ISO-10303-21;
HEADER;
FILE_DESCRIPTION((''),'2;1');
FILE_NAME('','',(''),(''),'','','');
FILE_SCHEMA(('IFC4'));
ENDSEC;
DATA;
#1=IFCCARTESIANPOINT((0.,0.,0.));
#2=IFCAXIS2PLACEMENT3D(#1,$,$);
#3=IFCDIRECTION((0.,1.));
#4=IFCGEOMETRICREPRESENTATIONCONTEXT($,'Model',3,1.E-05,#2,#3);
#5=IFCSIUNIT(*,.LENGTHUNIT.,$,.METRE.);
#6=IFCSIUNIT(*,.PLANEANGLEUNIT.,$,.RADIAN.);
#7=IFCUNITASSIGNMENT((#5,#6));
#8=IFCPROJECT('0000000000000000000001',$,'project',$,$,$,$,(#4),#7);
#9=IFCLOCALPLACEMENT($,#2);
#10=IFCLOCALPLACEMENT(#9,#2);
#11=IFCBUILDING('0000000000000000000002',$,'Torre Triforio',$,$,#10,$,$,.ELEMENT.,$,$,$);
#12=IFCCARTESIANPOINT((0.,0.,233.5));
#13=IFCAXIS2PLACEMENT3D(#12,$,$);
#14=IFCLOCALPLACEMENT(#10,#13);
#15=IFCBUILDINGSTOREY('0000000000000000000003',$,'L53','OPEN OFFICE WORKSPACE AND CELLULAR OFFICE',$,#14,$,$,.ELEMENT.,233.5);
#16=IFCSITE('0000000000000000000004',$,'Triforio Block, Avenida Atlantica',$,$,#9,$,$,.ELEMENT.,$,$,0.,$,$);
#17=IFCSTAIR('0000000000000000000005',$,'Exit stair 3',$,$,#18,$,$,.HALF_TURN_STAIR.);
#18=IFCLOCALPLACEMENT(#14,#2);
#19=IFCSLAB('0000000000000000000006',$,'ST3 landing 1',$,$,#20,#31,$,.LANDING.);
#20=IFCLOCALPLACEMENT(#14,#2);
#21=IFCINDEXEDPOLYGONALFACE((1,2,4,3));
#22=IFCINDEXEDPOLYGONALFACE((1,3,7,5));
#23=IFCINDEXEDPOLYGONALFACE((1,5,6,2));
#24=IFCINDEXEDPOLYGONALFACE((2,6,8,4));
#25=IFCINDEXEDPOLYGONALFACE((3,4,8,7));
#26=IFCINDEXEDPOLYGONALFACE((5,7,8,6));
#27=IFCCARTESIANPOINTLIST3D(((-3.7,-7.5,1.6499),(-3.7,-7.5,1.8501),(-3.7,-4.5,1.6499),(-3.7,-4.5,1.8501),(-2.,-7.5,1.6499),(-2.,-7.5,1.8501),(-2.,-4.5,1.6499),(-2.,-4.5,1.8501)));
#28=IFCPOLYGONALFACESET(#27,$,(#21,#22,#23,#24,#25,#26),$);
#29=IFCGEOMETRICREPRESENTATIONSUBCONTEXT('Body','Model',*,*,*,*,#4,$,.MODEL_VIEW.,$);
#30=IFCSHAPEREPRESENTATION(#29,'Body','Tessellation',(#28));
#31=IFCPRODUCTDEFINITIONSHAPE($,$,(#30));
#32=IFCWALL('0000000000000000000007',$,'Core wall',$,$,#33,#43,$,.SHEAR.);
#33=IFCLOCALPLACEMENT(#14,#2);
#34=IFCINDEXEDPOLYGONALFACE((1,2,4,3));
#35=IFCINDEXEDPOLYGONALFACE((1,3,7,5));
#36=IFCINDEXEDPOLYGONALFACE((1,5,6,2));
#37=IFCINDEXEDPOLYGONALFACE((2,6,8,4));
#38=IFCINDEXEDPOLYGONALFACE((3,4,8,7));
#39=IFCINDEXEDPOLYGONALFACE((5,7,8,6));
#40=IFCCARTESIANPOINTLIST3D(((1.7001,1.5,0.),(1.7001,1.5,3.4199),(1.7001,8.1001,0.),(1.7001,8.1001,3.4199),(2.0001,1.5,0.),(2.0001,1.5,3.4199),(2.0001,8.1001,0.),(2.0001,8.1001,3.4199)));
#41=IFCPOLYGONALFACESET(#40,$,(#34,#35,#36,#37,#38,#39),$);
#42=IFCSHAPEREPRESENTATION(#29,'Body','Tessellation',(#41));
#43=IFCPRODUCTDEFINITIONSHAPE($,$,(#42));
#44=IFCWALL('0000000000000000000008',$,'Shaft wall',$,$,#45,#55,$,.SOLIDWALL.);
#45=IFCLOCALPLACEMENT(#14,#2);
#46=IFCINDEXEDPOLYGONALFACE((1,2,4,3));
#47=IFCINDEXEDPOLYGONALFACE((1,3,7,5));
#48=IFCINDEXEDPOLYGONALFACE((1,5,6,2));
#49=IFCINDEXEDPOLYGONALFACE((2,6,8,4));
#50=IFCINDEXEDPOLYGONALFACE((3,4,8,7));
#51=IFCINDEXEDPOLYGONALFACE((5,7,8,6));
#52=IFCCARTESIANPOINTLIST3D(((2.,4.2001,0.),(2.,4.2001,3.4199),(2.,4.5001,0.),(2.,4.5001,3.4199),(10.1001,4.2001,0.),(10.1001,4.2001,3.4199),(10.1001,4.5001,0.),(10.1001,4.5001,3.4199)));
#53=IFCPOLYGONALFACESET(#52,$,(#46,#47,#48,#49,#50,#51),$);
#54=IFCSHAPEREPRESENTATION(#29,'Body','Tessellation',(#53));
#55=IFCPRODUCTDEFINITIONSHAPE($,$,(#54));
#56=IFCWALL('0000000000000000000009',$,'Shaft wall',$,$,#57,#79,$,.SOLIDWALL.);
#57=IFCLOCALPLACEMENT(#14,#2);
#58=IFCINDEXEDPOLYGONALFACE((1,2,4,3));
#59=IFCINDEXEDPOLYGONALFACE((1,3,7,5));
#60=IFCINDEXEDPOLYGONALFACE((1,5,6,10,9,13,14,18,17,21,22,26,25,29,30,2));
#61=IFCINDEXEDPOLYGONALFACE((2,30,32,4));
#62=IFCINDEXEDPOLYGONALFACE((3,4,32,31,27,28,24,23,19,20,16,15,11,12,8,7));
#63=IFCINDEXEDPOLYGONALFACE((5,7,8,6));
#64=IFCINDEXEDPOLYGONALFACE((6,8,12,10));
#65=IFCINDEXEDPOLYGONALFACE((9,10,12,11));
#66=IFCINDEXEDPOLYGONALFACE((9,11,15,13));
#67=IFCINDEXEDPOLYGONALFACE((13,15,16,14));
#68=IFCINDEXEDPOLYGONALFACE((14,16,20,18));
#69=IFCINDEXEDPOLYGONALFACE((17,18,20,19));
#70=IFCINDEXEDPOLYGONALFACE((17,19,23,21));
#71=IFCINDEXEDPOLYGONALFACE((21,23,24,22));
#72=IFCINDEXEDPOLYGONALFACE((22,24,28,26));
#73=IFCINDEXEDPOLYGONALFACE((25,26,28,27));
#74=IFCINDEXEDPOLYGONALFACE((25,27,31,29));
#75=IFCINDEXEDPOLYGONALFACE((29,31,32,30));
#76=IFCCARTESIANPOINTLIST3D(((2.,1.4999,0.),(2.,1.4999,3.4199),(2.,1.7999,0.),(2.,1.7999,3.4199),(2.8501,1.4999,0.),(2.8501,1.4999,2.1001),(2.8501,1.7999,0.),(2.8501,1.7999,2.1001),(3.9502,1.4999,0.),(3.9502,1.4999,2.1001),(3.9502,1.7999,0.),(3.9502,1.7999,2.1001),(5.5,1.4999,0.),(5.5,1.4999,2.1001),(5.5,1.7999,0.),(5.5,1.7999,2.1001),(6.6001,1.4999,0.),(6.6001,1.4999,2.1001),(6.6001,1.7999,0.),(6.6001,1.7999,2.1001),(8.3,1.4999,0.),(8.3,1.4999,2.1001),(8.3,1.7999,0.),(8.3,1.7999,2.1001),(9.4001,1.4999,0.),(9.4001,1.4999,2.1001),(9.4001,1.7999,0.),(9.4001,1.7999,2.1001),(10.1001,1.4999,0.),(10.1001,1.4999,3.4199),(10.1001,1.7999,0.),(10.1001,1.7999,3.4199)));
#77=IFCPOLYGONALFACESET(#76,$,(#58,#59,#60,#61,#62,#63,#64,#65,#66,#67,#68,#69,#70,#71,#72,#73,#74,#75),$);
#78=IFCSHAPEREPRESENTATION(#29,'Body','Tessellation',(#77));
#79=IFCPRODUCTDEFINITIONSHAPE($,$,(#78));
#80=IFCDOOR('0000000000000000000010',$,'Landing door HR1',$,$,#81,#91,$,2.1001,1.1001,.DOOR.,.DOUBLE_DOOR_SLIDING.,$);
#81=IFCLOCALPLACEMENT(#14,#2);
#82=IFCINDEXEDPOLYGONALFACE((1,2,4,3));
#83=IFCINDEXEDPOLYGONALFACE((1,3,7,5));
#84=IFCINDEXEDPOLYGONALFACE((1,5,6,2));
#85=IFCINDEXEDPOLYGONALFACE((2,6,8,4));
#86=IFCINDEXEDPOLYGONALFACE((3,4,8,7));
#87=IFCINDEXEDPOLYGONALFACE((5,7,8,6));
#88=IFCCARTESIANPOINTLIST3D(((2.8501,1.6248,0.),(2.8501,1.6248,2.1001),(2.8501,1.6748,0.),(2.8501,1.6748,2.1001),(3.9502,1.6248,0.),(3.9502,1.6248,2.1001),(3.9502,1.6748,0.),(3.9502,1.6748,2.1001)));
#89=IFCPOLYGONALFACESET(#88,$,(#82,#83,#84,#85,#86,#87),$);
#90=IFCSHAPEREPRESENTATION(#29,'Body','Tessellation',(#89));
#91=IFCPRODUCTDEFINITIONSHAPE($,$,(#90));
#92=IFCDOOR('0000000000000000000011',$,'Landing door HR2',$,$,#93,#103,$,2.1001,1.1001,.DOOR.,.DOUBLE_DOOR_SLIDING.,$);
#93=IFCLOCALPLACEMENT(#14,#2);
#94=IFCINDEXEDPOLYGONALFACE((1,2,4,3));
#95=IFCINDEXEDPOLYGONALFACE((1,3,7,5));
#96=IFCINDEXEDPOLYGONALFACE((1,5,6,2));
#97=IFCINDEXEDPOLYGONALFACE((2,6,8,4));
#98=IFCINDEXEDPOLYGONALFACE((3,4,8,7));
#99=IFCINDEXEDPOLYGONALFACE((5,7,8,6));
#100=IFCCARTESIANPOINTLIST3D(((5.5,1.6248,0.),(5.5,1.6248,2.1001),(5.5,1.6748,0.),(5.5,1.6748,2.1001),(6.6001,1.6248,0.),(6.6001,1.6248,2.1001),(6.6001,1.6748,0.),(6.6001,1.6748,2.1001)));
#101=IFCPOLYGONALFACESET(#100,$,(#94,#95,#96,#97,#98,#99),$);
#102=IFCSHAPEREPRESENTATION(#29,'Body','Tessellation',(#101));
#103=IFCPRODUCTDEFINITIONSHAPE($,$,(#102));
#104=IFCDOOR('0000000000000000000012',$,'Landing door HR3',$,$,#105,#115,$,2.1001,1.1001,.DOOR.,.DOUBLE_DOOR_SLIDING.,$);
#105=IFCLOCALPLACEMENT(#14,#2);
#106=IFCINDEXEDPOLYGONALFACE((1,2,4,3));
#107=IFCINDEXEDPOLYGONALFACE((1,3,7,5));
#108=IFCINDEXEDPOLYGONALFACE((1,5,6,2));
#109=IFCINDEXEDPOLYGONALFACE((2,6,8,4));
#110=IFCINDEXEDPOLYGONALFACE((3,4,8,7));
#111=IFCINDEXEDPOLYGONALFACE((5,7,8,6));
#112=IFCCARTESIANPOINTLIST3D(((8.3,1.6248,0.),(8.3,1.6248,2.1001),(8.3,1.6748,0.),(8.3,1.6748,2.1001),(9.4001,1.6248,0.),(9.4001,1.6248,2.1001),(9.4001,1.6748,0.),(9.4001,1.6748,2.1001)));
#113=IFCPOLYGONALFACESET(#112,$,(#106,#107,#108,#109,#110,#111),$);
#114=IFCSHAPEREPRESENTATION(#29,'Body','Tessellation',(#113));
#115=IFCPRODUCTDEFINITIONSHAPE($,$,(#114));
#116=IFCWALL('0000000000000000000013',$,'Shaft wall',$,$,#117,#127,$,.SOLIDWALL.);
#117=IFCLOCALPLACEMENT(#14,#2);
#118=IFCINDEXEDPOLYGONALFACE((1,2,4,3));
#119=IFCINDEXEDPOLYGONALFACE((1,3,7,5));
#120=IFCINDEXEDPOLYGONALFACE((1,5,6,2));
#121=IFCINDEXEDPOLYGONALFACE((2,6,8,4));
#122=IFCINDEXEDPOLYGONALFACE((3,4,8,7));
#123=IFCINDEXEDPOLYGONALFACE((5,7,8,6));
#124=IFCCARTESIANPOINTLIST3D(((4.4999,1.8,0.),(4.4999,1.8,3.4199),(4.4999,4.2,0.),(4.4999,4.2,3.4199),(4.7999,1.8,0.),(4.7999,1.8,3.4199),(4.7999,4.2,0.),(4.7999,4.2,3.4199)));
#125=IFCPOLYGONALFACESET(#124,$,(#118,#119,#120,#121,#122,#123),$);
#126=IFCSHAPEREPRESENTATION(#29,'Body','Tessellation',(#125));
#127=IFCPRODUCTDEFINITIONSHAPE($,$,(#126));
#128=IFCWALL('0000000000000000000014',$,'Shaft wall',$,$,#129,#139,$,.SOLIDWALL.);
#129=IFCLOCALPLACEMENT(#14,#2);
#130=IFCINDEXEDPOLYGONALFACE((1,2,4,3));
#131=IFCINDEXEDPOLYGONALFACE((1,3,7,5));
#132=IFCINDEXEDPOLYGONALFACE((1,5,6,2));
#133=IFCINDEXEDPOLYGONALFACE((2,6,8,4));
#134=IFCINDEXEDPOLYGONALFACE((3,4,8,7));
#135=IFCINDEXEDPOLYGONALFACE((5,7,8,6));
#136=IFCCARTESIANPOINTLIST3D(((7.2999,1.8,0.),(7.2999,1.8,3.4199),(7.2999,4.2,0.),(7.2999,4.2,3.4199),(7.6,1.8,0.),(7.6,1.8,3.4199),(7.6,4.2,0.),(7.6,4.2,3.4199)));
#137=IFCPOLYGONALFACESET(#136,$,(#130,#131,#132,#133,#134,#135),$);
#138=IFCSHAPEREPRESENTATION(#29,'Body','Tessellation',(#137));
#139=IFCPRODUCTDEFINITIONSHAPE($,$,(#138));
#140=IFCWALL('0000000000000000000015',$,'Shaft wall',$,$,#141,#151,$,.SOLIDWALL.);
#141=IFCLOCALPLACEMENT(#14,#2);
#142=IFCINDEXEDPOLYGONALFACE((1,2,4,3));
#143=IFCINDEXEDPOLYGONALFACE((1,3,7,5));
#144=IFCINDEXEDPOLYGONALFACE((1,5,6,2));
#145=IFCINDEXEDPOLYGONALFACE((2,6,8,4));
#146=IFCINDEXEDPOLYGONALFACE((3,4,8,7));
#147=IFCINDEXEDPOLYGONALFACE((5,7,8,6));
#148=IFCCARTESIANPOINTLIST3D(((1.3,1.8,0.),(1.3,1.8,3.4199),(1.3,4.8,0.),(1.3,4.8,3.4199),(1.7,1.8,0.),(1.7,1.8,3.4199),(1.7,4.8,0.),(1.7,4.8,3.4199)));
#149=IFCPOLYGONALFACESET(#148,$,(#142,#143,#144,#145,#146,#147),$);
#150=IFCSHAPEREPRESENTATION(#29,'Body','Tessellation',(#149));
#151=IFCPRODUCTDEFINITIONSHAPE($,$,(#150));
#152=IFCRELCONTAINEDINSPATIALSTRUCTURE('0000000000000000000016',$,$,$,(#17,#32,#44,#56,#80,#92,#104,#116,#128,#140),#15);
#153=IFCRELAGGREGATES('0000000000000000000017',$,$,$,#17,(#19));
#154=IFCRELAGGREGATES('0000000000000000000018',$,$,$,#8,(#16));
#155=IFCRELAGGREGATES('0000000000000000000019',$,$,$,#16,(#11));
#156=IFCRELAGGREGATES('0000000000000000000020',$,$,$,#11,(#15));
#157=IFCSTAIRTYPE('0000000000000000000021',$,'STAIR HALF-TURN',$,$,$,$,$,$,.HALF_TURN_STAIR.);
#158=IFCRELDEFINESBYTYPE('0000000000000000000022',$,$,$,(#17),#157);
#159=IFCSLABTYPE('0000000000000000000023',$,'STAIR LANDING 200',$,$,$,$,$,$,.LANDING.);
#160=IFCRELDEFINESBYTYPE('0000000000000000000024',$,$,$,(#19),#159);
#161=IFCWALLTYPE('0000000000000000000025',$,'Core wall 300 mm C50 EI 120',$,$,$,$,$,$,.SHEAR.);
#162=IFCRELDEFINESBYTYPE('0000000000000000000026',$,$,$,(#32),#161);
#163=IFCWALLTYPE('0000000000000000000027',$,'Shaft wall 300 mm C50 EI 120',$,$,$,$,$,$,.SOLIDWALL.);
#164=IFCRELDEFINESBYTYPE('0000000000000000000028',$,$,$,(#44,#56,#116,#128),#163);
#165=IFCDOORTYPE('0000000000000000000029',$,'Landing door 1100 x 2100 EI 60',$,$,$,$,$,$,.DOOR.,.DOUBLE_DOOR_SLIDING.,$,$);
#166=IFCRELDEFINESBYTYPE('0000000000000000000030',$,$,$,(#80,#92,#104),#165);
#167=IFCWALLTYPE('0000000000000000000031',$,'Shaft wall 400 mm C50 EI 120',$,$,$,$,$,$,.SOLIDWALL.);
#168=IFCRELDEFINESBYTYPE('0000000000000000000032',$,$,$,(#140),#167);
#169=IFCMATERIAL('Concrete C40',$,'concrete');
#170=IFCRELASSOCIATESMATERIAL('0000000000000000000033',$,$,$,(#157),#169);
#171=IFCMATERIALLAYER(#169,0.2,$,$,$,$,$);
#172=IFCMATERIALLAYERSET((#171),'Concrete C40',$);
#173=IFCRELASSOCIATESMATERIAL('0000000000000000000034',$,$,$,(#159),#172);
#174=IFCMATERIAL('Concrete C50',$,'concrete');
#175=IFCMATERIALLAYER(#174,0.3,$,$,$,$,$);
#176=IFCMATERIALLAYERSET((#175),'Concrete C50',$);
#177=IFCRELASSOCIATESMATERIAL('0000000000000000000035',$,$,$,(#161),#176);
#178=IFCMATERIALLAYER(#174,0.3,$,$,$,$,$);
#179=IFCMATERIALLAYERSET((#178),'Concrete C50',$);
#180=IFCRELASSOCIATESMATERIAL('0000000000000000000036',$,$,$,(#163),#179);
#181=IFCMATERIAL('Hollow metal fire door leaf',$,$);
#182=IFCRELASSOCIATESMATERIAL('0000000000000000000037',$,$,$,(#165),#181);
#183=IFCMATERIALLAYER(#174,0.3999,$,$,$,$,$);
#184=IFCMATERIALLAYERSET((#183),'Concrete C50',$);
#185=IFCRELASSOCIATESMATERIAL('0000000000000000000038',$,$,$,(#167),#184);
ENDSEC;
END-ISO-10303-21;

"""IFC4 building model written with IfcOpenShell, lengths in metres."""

from ifc_helpers import new_model, si_unit, direction, frame, frame_2d, origin, place, context, subcontext, project, spatial, polyline, rectangle, outline, extrude, material, layer, layer_set, type_object, element, fill, aggregate, save


model = new_model("IFC4")

# Units and contexts
model_context = context("Model", 3, precision=1e-05, world=origin(), true_north=direction((0.0, 1.0)))
body_context = subcontext(model_context, "Body", "Model", "MODEL_VIEW")
ifc_project = project(units=[si_unit("LENGTHUNIT", "METRE"), si_unit("PLANEANGLEUNIT", "RADIAN")], contexts=[model_context])

# Site, building, storey
site_placement = place(None, origin())
site = spatial("IfcSite", under=ifc_project, at=site_placement, Name="Triforio Block, Avenida Atlantica", CompositionType="ELEMENT", RefElevation=0.0)
building_placement = place(site_placement, origin())
building = spatial("IfcBuilding", under=site, at=building_placement, Name="Torre Triforio", CompositionType="ELEMENT")
storey_placement = place(building_placement, frame((0.0, 0.0, 233.5)))
storey = spatial("IfcBuildingStorey", under=building, at=storey_placement, Name="L53", Description="OPEN OFFICE WORKSPACE AND CELLULAR OFFICE", CompositionType="ELEMENT", Elevation=233.5)

# Stair, slab
ifc_material_1 = material(Name="Concrete C40", Category="concrete")
stair_type = type_object("IfcStairType", Name="STAIR HALF-TURN", PredefinedType="HALF_TURN_STAIR", material=ifc_material_1)
stair_1_placement = place(storey_placement, origin())
stair_1 = element("IfcStair", 1, at=stair_1_placement, inside=storey, type_object=stair_type, Name="Exit stair 3", PredefinedType="HALF_TURN_STAIR")
ifc_layer_1 = layer(ifc_material_1, 0.2)
ifc_layer_set_1 = layer_set([ifc_layer_1], Name="Concrete C40")
slab_type = type_object("IfcSlabType", Name="STAIR LANDING 200", PredefinedType="LANDING", material=ifc_layer_set_1)
slab_placement = place(storey_placement, frame((0.0, 0.0, 1.6499)))
slab = element("IfcSlab", 2, at=slab_placement, type_object=slab_type, Name="ST3 landing 1", PredefinedType="LANDING", context=body_context, shape_type="SweptSolid", body=[
    extrude(outline(polyline([(-2.0, -7.5), (-2.0, -4.5), (-3.7, -4.5), (-3.7, -7.5), (-2.0, -7.5)])), origin(), (0.0, 0.0, 1.0), 0.2002),
])
aggregate(stair_1, [slab])

# Walls
ifc_material_2 = material(Name="Concrete C50", Category="concrete")
ifc_layer_2 = layer(ifc_material_2, 0.3)
ifc_layer_set_2 = layer_set([ifc_layer_2], Name="Concrete C50")
wall_type_1 = type_object("IfcWallType", Name="Core wall 300 mm C50 EI 120", PredefinedType="SHEAR", material=ifc_layer_set_2)
wall_1_placement = place(storey_placement, frame((1.8501, 1.5, 0.0), z_axis=(0.0, 0.0, 1.0), x_axis=(0.0, 1.0, 0.0)))
element("IfcWall", 3, at=wall_1_placement, inside=storey, type_object=wall_type_1, Name="Core wall", PredefinedType="SHEAR", context=body_context, shape_type="SweptSolid", body=[
    extrude(rectangle(XDim=6.6001, YDim=0.3, at=frame_2d((3.3, 0.0))), origin(), (0.0, 0.0, 1.0), 3.4199),
])
ifc_layer_3 = layer(ifc_material_2, 0.3)
ifc_layer_set_3 = layer_set([ifc_layer_3], Name="Concrete C50")
wall_type_2 = type_object("IfcWallType", Name="Shaft wall 300 mm C50 EI 120", PredefinedType="SOLIDWALL", material=ifc_layer_set_3)
wall_2_placement = place(storey_placement, frame((2.0, 4.3501, 0.0), z_axis=(0.0, 0.0, 1.0), x_axis=(1.0, 0.0, 0.0)))
element("IfcWall", 4, at=wall_2_placement, inside=storey, type_object=wall_type_2, Name="Shaft wall", PredefinedType="SOLIDWALL", context=body_context, shape_type="SweptSolid", body=[
    extrude(rectangle(XDim=8.1001, YDim=0.3, at=frame_2d((4.05, 0.0))), origin(), (0.0, 0.0, 1.0), 3.4199),
])

# Wall, openings, doors
wall_3_placement = place(storey_placement, frame((2.0, 1.6499, 0.0), z_axis=(0.0, 0.0, 1.0), x_axis=(1.0, 0.0, 0.0)))
wall_3 = element("IfcWall", 5, at=wall_3_placement, inside=storey, type_object=wall_type_2, Name="Shaft wall", PredefinedType="SOLIDWALL", context=body_context, shape_type="SweptSolid", body=[
    extrude(rectangle(XDim=8.1001, YDim=0.3, at=frame_2d((4.05, 0.0))), origin(), (0.0, 0.0, 1.0), 3.4199),
])
opening_1_placement = place(wall_3_placement, frame((0.8501, 0.0, 0.0)))
opening_1 = element("IfcOpeningElement", 6, at=opening_1_placement, cuts=wall_3, PredefinedType="OPENING", context=body_context, shape_type="SweptSolid", body=[
    extrude(rectangle(XDim=1.1001, YDim=2.1001, at=frame_2d((0.55, 1.05))), frame((0.0, 0.1599, 0.0), z_axis=(0.0, -1.0, 0.0), x_axis=(1.0, 0.0, 0.0)), (0.0, 0.0, 1.0), 0.3201),
])
opening_2_placement = place(wall_3_placement, frame((3.5, 0.0, 0.0)))
opening_2 = element("IfcOpeningElement", 7, at=opening_2_placement, cuts=wall_3, PredefinedType="OPENING", context=body_context, shape_type="SweptSolid", body=[
    extrude(rectangle(XDim=1.1001, YDim=2.1001, at=frame_2d((0.55, 1.05))), frame((0.0, 0.1599, 0.0), z_axis=(0.0, -1.0, 0.0), x_axis=(1.0, 0.0, 0.0)), (0.0, 0.0, 1.0), 0.3201),
])
opening_3_placement = place(wall_3_placement, frame((6.3, 0.0, 0.0)))
opening_3 = element("IfcOpeningElement", 8, at=opening_3_placement, cuts=wall_3, PredefinedType="OPENING", context=body_context, shape_type="SweptSolid", body=[
    extrude(rectangle(XDim=1.1001, YDim=2.1001, at=frame_2d((0.55, 1.05))), frame((0.0, 0.1599, 0.0), z_axis=(0.0, -1.0, 0.0), x_axis=(1.0, 0.0, 0.0)), (0.0, 0.0, 1.0), 0.3201),
])
ifc_material_3 = material(Name="Hollow metal fire door leaf")
door_type_1 = type_object("IfcDoorType", Name="Landing door 1100 x 2100 EI 60", OperationType="DOUBLE_DOOR_SLIDING", PredefinedType="DOOR", material=ifc_material_3)
door_1_placement = place(opening_1_placement, origin())
door_1 = element("IfcDoor", 9, at=door_1_placement, inside=storey, type_object=door_type_1, Name="Landing door HR1", OperationType="DOUBLE_DOOR_SLIDING", OverallHeight=2.1001, OverallWidth=1.1001, PredefinedType="DOOR", context=body_context, shape_type="SweptSolid", body=[
    extrude(rectangle(XDim=1.1001, YDim=2.1001, at=frame_2d((0.55, 1.05))), frame((0.0, 0.0249, 0.0), z_axis=(0.0, -1.0, 0.0), x_axis=(1.0, 0.0, 0.0)), (0.0, 0.0, 1.0), 0.05),
])
fill(opening_1, door_1)
door_2_placement = place(opening_2_placement, origin())
door_2 = element("IfcDoor", 10, at=door_2_placement, inside=storey, type_object=door_type_1, Name="Landing door HR2", OperationType="DOUBLE_DOOR_SLIDING", OverallHeight=2.1001, OverallWidth=1.1001, PredefinedType="DOOR", context=body_context, shape_type="SweptSolid", body=[
    extrude(rectangle(XDim=1.1001, YDim=2.1001, at=frame_2d((0.55, 1.05))), frame((0.0, 0.0249, 0.0), z_axis=(0.0, -1.0, 0.0), x_axis=(1.0, 0.0, 0.0)), (0.0, 0.0, 1.0), 0.05),
])
fill(opening_2, door_2)
door_3_placement = place(opening_3_placement, origin())
door_3 = element("IfcDoor", 11, at=door_3_placement, inside=storey, type_object=door_type_1, Name="Landing door HR3", OperationType="DOUBLE_DOOR_SLIDING", OverallHeight=2.1001, OverallWidth=1.1001, PredefinedType="DOOR", context=body_context, shape_type="SweptSolid", body=[
    extrude(rectangle(XDim=1.1001, YDim=2.1001, at=frame_2d((0.55, 1.05))), frame((0.0, 0.0249, 0.0), z_axis=(0.0, -1.0, 0.0), x_axis=(1.0, 0.0, 0.0)), (0.0, 0.0, 1.0), 0.05),
])
fill(opening_3, door_3)

# Walls
for number, where, z_axis, x_axis, name in (
    (12, (4.6499, 1.8, 0.0), (0.0, 0.0, 1.0), (0.0, 1.0, 0.0), "Shaft wall"),
    (13, (7.45, 1.8, 0.0), (0.0, 0.0, 1.0), (0.0, 1.0, 0.0), "Shaft wall"),
):
    element("IfcWall", number, at=place(storey_placement, frame(where, z_axis=z_axis, x_axis=x_axis)), inside=storey, type_object=wall_type_2, Name=name, PredefinedType="SOLIDWALL", context=body_context, shape_type="SweptSolid", body=[
        extrude(rectangle(XDim=2.3999, YDim=0.3, at=frame_2d((1.2, 0.0))), origin(), (0.0, 0.0, 1.0), 3.4199),
    ])
ifc_layer_4 = layer(ifc_material_2, 0.3999)
ifc_layer_set_4 = layer_set([ifc_layer_4], Name="Concrete C50")
wall_type_3 = type_object("IfcWallType", Name="Shaft wall 400 mm C50 EI 120", PredefinedType="SOLIDWALL", material=ifc_layer_set_4)
wall_4_placement = place(storey_placement, frame((1.5, 1.8, 0.0), z_axis=(0.0, 0.0, 1.0), x_axis=(0.0, 1.0, 0.0)))
element("IfcWall", 14, at=wall_4_placement, inside=storey, type_object=wall_type_3, Name="Shaft wall", PredefinedType="SOLIDWALL", context=body_context, shape_type="SweptSolid", body=[
    extrude(rectangle(XDim=3.0, YDim=0.3999, at=frame_2d((1.5, 0.0))), origin(), (0.0, 0.0, 1.0), 3.4199),
])

save(model, "model.ifc")
